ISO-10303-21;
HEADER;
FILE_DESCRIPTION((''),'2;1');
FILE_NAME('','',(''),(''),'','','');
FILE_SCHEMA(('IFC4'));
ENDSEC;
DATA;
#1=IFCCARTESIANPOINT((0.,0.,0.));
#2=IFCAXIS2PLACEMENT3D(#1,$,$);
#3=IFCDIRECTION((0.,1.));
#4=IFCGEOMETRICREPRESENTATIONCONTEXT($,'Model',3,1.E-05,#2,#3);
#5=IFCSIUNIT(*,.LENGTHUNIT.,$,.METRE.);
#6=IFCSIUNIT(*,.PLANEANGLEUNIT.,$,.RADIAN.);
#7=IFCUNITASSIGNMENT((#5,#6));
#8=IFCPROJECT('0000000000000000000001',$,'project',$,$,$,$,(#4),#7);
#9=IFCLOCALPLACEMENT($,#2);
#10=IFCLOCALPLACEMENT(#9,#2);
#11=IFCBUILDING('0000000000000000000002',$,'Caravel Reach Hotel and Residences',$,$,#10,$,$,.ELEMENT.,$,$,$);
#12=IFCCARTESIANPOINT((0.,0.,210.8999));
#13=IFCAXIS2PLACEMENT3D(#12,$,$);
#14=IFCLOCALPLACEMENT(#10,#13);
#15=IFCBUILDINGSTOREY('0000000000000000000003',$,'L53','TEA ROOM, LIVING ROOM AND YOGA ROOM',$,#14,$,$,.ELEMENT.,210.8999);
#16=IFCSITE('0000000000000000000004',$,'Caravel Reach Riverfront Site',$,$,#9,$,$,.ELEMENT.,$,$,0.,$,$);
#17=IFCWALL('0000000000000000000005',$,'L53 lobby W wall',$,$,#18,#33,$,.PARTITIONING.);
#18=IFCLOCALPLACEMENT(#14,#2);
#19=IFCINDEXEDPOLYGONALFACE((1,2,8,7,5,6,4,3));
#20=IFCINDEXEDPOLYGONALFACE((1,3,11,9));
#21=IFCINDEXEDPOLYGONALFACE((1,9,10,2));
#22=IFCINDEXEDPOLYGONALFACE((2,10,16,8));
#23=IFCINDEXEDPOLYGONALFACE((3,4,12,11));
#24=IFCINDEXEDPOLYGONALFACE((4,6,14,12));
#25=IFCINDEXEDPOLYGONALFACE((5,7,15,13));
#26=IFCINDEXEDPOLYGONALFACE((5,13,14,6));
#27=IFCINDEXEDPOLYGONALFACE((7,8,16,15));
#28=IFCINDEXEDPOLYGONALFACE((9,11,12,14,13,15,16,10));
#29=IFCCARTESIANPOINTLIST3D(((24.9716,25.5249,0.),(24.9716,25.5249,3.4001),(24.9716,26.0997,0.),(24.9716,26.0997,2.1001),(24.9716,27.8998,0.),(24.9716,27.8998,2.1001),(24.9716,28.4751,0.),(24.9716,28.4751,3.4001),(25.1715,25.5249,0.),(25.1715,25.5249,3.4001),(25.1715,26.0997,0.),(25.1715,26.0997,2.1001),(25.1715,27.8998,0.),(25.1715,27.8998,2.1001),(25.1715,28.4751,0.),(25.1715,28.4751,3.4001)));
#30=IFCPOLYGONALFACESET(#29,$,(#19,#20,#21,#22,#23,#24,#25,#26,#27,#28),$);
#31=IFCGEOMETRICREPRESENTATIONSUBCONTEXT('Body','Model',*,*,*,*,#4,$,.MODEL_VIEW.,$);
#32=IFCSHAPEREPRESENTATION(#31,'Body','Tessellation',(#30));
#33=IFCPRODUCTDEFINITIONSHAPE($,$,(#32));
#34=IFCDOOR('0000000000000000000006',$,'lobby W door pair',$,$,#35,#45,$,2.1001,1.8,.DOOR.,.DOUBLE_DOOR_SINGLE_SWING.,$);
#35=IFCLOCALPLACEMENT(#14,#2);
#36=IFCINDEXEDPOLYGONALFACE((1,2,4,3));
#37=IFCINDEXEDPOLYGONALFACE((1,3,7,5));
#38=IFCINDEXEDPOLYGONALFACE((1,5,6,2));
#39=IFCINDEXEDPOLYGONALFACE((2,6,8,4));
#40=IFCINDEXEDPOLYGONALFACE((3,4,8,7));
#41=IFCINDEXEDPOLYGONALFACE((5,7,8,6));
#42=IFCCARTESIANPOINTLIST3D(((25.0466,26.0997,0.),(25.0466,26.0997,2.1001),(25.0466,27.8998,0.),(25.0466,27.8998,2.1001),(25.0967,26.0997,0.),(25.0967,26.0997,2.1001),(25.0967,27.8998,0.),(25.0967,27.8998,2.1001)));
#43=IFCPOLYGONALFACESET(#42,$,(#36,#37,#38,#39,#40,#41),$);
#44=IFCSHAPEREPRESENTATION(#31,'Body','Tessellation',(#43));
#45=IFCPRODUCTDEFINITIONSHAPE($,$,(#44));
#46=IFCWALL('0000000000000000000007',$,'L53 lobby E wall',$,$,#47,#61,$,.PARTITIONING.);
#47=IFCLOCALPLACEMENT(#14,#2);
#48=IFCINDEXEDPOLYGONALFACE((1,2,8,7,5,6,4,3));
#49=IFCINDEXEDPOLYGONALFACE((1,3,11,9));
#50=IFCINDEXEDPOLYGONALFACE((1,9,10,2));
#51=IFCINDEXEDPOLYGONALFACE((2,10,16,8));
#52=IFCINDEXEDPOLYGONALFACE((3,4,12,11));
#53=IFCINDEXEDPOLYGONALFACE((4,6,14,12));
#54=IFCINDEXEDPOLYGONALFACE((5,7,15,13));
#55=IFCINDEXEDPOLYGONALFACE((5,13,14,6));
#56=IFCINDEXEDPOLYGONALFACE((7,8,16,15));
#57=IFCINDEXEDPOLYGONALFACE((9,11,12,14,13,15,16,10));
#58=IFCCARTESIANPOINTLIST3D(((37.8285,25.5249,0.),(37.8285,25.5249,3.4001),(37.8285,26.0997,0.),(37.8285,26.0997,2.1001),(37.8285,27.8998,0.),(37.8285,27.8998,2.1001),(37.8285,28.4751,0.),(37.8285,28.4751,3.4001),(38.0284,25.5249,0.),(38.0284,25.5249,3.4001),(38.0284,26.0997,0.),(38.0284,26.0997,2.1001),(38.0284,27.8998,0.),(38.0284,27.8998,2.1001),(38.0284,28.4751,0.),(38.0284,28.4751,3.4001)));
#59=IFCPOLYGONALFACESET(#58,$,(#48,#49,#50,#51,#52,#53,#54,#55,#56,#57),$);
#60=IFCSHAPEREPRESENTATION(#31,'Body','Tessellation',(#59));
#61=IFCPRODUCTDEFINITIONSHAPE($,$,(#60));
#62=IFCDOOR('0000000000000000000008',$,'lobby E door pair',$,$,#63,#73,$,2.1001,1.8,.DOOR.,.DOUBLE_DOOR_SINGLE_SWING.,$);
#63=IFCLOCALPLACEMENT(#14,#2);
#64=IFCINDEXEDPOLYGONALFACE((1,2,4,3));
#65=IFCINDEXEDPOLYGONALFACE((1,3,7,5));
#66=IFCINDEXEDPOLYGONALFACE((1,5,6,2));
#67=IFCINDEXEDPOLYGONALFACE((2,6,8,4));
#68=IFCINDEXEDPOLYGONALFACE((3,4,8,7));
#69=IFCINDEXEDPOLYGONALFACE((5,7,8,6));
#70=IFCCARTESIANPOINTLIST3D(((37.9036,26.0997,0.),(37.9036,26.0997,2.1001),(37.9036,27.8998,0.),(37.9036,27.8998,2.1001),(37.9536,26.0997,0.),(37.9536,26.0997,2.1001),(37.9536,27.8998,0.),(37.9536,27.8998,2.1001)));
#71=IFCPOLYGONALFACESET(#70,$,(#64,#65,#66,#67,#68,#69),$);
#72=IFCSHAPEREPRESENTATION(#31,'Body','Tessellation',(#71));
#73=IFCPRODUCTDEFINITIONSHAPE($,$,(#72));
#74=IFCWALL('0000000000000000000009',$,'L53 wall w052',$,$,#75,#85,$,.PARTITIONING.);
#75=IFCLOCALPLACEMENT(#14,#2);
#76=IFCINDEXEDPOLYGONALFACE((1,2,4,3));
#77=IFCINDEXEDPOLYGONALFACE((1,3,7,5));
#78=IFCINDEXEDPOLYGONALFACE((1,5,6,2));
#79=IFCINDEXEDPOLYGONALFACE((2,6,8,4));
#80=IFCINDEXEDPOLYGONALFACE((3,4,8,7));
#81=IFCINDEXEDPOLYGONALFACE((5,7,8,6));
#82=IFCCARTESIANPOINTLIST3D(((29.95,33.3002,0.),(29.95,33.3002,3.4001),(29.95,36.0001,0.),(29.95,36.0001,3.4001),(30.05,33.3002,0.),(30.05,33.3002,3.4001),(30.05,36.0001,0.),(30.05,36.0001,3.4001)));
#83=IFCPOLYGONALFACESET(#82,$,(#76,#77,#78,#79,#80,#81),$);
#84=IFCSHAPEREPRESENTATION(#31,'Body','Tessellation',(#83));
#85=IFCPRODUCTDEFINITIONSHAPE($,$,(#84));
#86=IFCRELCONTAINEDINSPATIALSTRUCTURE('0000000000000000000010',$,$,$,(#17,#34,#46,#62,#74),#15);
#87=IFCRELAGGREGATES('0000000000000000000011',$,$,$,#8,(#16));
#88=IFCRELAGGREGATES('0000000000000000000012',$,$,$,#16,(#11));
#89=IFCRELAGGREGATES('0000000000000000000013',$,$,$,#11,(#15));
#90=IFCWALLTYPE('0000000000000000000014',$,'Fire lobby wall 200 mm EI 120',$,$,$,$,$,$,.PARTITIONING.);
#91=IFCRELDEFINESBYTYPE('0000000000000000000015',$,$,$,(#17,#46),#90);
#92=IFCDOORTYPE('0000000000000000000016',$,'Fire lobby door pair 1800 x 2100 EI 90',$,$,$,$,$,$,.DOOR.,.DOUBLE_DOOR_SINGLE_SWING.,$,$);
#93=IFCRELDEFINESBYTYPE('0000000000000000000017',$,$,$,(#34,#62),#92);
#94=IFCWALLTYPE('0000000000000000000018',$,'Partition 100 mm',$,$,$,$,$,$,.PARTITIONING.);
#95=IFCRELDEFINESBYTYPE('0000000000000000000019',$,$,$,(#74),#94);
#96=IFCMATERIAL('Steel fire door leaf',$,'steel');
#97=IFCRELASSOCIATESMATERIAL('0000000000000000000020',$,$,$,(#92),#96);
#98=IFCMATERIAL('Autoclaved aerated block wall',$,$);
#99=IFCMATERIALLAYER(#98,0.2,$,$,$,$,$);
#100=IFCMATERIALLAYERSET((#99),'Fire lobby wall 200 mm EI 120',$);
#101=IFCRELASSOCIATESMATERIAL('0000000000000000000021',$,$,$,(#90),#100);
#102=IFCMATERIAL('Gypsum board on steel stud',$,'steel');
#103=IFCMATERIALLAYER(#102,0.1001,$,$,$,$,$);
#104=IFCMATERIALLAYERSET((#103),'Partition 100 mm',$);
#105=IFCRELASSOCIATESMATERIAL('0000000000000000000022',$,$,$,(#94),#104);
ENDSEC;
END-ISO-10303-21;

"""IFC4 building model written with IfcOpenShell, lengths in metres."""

from ifc_helpers import new_model, si_unit, direction, frame, frame_2d, origin, place, context, subcontext, project, spatial, rectangle, extrude, material, layer, layer_set, type_object, element, fill, save


model = new_model("IFC4")

# Units and contexts
model_context = context("Model", 3, precision=1e-05, world=origin(), true_north=direction((0.0, 1.0)))
body_context = subcontext(model_context, "Body", "Model", "MODEL_VIEW")
ifc_project = project(units=[si_unit("LENGTHUNIT", "METRE"), si_unit("PLANEANGLEUNIT", "RADIAN")], contexts=[model_context])

# Site, building, storey
site_placement = place(None, origin())
site = spatial("IfcSite", under=ifc_project, at=site_placement, Name="Caravel Reach Riverfront Site", CompositionType="ELEMENT", RefElevation=0.0)
building_placement = place(site_placement, origin())
building = spatial("IfcBuilding", under=site, at=building_placement, Name="Caravel Reach Hotel and Residences", CompositionType="ELEMENT")
storey_placement = place(building_placement, frame((0.0, 0.0, 210.8999)))
storey = spatial("IfcBuildingStorey", under=building, at=storey_placement, Name="L53", Description="TEA ROOM, LIVING ROOM AND YOGA ROOM", CompositionType="ELEMENT", Elevation=210.8999)

# Shared definitions
ifc_material_1 = material(Name="Steel fire door leaf", Category="steel")
door_type_1 = type_object("IfcDoorType", Name="Fire lobby door pair 1800 x 2100 EI 90", OperationType="DOUBLE_DOOR_SINGLE_SWING", PredefinedType="DOOR", material=ifc_material_1)

# Walls, openings, doors
ifc_material_2 = material(Name="Autoclaved aerated block wall")
ifc_layer_1 = layer(ifc_material_2, 0.2)
ifc_layer_set_1 = layer_set([ifc_layer_1], Name="Fire lobby wall 200 mm EI 120")
wall_type_1 = type_object("IfcWallType", Name="Fire lobby wall 200 mm EI 120", PredefinedType="PARTITIONING", material=ifc_layer_set_1)
wall_1_placement = place(storey_placement, frame((25.0715, 25.5249, 0.0), z_axis=(0.0, 0.0, 1.0), x_axis=(0.0, 1.0, 0.0)))
wall_1 = element("IfcWall", 1, at=wall_1_placement, inside=storey, type_object=wall_type_1, Name="L53 lobby W wall", PredefinedType="PARTITIONING", context=body_context, shape_type="SweptSolid", body=[
    extrude(rectangle(XDim=2.9502, YDim=0.2, at=frame_2d((1.4751, 0.0))), origin(), (0.0, 0.0, 1.0), 3.4001),
])
opening_1_placement = place(wall_1_placement, frame((0.575, 0.0, 0.0)))
opening_1 = element("IfcOpeningElement", 2, at=opening_1_placement, cuts=wall_1, PredefinedType="OPENING", context=body_context, shape_type="SweptSolid", body=[
    extrude(rectangle(XDim=1.8, YDim=2.1001, at=frame_2d((0.8999, 1.05))), frame((0.0, 0.1099, 0.0), z_axis=(0.0, -1.0, 0.0), x_axis=(1.0, 0.0, 0.0)), (0.0, 0.0, 1.0), 0.22),
])
door_1_placement = place(opening_1_placement, origin())
door_1 = element("IfcDoor", 3, at=door_1_placement, inside=storey, type_object=door_type_1, Name="lobby W door pair", OperationType="DOUBLE_DOOR_SINGLE_SWING", OverallHeight=2.1001, OverallWidth=1.8, PredefinedType="DOOR", context=body_context, shape_type="SweptSolid", body=[
    extrude(rectangle(XDim=1.8, YDim=2.1001, at=frame_2d((0.8999, 1.05))), frame((0.0, 0.0249, 0.0), z_axis=(0.0, -1.0, 0.0), x_axis=(1.0, 0.0, 0.0)), (0.0, 0.0, 1.0), 0.05),
])
fill(opening_1, door_1)
wall_2_placement = place(storey_placement, frame((37.9285, 25.5249, 0.0), z_axis=(0.0, 0.0, 1.0), x_axis=(0.0, 1.0, 0.0)))
wall_2 = element("IfcWall", 4, at=wall_2_placement, inside=storey, type_object=wall_type_1, Name="L53 lobby E wall", PredefinedType="PARTITIONING", context=body_context, shape_type="SweptSolid", body=[
    extrude(rectangle(XDim=2.9502, YDim=0.2, at=frame_2d((1.4751, 0.0))), origin(), (0.0, 0.0, 1.0), 3.4001),
])
opening_2_placement = place(wall_2_placement, frame((0.575, 0.0, 0.0)))
opening_2 = element("IfcOpeningElement", 5, at=opening_2_placement, cuts=wall_2, PredefinedType="OPENING", context=body_context, shape_type="SweptSolid", body=[
    extrude(rectangle(XDim=1.8, YDim=2.1001, at=frame_2d((0.8999, 1.05))), frame((0.0, 0.1099, 0.0), z_axis=(0.0, -1.0, 0.0), x_axis=(1.0, 0.0, 0.0)), (0.0, 0.0, 1.0), 0.22),
])
door_2_placement = place(opening_2_placement, origin())
door_2 = element("IfcDoor", 6, at=door_2_placement, inside=storey, type_object=door_type_1, Name="lobby E door pair", OperationType="DOUBLE_DOOR_SINGLE_SWING", OverallHeight=2.1001, OverallWidth=1.8, PredefinedType="DOOR", context=body_context, shape_type="SweptSolid", body=[
    extrude(rectangle(XDim=1.8, YDim=2.1001, at=frame_2d((0.8999, 1.05))), frame((0.0, 0.0249, 0.0), z_axis=(0.0, -1.0, 0.0), x_axis=(1.0, 0.0, 0.0)), (0.0, 0.0, 1.0), 0.05),
])
fill(opening_2, door_2)

# Wall
ifc_material_3 = material(Name="Gypsum board on steel stud", Category="steel")
ifc_layer_2 = layer(ifc_material_3, 0.1001)
ifc_layer_set_2 = layer_set([ifc_layer_2], Name="Partition 100 mm")
wall_type_2 = type_object("IfcWallType", Name="Partition 100 mm", PredefinedType="PARTITIONING", material=ifc_layer_set_2)
wall_3_placement = place(storey_placement, frame((30.0, 33.3, 0.0), z_axis=(0.0, 0.0, 1.0), x_axis=(0.0, 1.0, 0.0)))
element("IfcWall", 7, at=wall_3_placement, inside=storey, type_object=wall_type_2, Name="L53 wall w052", PredefinedType="PARTITIONING", context=body_context, shape_type="SweptSolid", body=[
    extrude(rectangle(XDim=2.7, YDim=0.1001, at=frame_2d((1.3501, 0.0))), origin(), (0.0, 0.0, 1.0), 3.4001),
])

save(model, "model.ifc")
